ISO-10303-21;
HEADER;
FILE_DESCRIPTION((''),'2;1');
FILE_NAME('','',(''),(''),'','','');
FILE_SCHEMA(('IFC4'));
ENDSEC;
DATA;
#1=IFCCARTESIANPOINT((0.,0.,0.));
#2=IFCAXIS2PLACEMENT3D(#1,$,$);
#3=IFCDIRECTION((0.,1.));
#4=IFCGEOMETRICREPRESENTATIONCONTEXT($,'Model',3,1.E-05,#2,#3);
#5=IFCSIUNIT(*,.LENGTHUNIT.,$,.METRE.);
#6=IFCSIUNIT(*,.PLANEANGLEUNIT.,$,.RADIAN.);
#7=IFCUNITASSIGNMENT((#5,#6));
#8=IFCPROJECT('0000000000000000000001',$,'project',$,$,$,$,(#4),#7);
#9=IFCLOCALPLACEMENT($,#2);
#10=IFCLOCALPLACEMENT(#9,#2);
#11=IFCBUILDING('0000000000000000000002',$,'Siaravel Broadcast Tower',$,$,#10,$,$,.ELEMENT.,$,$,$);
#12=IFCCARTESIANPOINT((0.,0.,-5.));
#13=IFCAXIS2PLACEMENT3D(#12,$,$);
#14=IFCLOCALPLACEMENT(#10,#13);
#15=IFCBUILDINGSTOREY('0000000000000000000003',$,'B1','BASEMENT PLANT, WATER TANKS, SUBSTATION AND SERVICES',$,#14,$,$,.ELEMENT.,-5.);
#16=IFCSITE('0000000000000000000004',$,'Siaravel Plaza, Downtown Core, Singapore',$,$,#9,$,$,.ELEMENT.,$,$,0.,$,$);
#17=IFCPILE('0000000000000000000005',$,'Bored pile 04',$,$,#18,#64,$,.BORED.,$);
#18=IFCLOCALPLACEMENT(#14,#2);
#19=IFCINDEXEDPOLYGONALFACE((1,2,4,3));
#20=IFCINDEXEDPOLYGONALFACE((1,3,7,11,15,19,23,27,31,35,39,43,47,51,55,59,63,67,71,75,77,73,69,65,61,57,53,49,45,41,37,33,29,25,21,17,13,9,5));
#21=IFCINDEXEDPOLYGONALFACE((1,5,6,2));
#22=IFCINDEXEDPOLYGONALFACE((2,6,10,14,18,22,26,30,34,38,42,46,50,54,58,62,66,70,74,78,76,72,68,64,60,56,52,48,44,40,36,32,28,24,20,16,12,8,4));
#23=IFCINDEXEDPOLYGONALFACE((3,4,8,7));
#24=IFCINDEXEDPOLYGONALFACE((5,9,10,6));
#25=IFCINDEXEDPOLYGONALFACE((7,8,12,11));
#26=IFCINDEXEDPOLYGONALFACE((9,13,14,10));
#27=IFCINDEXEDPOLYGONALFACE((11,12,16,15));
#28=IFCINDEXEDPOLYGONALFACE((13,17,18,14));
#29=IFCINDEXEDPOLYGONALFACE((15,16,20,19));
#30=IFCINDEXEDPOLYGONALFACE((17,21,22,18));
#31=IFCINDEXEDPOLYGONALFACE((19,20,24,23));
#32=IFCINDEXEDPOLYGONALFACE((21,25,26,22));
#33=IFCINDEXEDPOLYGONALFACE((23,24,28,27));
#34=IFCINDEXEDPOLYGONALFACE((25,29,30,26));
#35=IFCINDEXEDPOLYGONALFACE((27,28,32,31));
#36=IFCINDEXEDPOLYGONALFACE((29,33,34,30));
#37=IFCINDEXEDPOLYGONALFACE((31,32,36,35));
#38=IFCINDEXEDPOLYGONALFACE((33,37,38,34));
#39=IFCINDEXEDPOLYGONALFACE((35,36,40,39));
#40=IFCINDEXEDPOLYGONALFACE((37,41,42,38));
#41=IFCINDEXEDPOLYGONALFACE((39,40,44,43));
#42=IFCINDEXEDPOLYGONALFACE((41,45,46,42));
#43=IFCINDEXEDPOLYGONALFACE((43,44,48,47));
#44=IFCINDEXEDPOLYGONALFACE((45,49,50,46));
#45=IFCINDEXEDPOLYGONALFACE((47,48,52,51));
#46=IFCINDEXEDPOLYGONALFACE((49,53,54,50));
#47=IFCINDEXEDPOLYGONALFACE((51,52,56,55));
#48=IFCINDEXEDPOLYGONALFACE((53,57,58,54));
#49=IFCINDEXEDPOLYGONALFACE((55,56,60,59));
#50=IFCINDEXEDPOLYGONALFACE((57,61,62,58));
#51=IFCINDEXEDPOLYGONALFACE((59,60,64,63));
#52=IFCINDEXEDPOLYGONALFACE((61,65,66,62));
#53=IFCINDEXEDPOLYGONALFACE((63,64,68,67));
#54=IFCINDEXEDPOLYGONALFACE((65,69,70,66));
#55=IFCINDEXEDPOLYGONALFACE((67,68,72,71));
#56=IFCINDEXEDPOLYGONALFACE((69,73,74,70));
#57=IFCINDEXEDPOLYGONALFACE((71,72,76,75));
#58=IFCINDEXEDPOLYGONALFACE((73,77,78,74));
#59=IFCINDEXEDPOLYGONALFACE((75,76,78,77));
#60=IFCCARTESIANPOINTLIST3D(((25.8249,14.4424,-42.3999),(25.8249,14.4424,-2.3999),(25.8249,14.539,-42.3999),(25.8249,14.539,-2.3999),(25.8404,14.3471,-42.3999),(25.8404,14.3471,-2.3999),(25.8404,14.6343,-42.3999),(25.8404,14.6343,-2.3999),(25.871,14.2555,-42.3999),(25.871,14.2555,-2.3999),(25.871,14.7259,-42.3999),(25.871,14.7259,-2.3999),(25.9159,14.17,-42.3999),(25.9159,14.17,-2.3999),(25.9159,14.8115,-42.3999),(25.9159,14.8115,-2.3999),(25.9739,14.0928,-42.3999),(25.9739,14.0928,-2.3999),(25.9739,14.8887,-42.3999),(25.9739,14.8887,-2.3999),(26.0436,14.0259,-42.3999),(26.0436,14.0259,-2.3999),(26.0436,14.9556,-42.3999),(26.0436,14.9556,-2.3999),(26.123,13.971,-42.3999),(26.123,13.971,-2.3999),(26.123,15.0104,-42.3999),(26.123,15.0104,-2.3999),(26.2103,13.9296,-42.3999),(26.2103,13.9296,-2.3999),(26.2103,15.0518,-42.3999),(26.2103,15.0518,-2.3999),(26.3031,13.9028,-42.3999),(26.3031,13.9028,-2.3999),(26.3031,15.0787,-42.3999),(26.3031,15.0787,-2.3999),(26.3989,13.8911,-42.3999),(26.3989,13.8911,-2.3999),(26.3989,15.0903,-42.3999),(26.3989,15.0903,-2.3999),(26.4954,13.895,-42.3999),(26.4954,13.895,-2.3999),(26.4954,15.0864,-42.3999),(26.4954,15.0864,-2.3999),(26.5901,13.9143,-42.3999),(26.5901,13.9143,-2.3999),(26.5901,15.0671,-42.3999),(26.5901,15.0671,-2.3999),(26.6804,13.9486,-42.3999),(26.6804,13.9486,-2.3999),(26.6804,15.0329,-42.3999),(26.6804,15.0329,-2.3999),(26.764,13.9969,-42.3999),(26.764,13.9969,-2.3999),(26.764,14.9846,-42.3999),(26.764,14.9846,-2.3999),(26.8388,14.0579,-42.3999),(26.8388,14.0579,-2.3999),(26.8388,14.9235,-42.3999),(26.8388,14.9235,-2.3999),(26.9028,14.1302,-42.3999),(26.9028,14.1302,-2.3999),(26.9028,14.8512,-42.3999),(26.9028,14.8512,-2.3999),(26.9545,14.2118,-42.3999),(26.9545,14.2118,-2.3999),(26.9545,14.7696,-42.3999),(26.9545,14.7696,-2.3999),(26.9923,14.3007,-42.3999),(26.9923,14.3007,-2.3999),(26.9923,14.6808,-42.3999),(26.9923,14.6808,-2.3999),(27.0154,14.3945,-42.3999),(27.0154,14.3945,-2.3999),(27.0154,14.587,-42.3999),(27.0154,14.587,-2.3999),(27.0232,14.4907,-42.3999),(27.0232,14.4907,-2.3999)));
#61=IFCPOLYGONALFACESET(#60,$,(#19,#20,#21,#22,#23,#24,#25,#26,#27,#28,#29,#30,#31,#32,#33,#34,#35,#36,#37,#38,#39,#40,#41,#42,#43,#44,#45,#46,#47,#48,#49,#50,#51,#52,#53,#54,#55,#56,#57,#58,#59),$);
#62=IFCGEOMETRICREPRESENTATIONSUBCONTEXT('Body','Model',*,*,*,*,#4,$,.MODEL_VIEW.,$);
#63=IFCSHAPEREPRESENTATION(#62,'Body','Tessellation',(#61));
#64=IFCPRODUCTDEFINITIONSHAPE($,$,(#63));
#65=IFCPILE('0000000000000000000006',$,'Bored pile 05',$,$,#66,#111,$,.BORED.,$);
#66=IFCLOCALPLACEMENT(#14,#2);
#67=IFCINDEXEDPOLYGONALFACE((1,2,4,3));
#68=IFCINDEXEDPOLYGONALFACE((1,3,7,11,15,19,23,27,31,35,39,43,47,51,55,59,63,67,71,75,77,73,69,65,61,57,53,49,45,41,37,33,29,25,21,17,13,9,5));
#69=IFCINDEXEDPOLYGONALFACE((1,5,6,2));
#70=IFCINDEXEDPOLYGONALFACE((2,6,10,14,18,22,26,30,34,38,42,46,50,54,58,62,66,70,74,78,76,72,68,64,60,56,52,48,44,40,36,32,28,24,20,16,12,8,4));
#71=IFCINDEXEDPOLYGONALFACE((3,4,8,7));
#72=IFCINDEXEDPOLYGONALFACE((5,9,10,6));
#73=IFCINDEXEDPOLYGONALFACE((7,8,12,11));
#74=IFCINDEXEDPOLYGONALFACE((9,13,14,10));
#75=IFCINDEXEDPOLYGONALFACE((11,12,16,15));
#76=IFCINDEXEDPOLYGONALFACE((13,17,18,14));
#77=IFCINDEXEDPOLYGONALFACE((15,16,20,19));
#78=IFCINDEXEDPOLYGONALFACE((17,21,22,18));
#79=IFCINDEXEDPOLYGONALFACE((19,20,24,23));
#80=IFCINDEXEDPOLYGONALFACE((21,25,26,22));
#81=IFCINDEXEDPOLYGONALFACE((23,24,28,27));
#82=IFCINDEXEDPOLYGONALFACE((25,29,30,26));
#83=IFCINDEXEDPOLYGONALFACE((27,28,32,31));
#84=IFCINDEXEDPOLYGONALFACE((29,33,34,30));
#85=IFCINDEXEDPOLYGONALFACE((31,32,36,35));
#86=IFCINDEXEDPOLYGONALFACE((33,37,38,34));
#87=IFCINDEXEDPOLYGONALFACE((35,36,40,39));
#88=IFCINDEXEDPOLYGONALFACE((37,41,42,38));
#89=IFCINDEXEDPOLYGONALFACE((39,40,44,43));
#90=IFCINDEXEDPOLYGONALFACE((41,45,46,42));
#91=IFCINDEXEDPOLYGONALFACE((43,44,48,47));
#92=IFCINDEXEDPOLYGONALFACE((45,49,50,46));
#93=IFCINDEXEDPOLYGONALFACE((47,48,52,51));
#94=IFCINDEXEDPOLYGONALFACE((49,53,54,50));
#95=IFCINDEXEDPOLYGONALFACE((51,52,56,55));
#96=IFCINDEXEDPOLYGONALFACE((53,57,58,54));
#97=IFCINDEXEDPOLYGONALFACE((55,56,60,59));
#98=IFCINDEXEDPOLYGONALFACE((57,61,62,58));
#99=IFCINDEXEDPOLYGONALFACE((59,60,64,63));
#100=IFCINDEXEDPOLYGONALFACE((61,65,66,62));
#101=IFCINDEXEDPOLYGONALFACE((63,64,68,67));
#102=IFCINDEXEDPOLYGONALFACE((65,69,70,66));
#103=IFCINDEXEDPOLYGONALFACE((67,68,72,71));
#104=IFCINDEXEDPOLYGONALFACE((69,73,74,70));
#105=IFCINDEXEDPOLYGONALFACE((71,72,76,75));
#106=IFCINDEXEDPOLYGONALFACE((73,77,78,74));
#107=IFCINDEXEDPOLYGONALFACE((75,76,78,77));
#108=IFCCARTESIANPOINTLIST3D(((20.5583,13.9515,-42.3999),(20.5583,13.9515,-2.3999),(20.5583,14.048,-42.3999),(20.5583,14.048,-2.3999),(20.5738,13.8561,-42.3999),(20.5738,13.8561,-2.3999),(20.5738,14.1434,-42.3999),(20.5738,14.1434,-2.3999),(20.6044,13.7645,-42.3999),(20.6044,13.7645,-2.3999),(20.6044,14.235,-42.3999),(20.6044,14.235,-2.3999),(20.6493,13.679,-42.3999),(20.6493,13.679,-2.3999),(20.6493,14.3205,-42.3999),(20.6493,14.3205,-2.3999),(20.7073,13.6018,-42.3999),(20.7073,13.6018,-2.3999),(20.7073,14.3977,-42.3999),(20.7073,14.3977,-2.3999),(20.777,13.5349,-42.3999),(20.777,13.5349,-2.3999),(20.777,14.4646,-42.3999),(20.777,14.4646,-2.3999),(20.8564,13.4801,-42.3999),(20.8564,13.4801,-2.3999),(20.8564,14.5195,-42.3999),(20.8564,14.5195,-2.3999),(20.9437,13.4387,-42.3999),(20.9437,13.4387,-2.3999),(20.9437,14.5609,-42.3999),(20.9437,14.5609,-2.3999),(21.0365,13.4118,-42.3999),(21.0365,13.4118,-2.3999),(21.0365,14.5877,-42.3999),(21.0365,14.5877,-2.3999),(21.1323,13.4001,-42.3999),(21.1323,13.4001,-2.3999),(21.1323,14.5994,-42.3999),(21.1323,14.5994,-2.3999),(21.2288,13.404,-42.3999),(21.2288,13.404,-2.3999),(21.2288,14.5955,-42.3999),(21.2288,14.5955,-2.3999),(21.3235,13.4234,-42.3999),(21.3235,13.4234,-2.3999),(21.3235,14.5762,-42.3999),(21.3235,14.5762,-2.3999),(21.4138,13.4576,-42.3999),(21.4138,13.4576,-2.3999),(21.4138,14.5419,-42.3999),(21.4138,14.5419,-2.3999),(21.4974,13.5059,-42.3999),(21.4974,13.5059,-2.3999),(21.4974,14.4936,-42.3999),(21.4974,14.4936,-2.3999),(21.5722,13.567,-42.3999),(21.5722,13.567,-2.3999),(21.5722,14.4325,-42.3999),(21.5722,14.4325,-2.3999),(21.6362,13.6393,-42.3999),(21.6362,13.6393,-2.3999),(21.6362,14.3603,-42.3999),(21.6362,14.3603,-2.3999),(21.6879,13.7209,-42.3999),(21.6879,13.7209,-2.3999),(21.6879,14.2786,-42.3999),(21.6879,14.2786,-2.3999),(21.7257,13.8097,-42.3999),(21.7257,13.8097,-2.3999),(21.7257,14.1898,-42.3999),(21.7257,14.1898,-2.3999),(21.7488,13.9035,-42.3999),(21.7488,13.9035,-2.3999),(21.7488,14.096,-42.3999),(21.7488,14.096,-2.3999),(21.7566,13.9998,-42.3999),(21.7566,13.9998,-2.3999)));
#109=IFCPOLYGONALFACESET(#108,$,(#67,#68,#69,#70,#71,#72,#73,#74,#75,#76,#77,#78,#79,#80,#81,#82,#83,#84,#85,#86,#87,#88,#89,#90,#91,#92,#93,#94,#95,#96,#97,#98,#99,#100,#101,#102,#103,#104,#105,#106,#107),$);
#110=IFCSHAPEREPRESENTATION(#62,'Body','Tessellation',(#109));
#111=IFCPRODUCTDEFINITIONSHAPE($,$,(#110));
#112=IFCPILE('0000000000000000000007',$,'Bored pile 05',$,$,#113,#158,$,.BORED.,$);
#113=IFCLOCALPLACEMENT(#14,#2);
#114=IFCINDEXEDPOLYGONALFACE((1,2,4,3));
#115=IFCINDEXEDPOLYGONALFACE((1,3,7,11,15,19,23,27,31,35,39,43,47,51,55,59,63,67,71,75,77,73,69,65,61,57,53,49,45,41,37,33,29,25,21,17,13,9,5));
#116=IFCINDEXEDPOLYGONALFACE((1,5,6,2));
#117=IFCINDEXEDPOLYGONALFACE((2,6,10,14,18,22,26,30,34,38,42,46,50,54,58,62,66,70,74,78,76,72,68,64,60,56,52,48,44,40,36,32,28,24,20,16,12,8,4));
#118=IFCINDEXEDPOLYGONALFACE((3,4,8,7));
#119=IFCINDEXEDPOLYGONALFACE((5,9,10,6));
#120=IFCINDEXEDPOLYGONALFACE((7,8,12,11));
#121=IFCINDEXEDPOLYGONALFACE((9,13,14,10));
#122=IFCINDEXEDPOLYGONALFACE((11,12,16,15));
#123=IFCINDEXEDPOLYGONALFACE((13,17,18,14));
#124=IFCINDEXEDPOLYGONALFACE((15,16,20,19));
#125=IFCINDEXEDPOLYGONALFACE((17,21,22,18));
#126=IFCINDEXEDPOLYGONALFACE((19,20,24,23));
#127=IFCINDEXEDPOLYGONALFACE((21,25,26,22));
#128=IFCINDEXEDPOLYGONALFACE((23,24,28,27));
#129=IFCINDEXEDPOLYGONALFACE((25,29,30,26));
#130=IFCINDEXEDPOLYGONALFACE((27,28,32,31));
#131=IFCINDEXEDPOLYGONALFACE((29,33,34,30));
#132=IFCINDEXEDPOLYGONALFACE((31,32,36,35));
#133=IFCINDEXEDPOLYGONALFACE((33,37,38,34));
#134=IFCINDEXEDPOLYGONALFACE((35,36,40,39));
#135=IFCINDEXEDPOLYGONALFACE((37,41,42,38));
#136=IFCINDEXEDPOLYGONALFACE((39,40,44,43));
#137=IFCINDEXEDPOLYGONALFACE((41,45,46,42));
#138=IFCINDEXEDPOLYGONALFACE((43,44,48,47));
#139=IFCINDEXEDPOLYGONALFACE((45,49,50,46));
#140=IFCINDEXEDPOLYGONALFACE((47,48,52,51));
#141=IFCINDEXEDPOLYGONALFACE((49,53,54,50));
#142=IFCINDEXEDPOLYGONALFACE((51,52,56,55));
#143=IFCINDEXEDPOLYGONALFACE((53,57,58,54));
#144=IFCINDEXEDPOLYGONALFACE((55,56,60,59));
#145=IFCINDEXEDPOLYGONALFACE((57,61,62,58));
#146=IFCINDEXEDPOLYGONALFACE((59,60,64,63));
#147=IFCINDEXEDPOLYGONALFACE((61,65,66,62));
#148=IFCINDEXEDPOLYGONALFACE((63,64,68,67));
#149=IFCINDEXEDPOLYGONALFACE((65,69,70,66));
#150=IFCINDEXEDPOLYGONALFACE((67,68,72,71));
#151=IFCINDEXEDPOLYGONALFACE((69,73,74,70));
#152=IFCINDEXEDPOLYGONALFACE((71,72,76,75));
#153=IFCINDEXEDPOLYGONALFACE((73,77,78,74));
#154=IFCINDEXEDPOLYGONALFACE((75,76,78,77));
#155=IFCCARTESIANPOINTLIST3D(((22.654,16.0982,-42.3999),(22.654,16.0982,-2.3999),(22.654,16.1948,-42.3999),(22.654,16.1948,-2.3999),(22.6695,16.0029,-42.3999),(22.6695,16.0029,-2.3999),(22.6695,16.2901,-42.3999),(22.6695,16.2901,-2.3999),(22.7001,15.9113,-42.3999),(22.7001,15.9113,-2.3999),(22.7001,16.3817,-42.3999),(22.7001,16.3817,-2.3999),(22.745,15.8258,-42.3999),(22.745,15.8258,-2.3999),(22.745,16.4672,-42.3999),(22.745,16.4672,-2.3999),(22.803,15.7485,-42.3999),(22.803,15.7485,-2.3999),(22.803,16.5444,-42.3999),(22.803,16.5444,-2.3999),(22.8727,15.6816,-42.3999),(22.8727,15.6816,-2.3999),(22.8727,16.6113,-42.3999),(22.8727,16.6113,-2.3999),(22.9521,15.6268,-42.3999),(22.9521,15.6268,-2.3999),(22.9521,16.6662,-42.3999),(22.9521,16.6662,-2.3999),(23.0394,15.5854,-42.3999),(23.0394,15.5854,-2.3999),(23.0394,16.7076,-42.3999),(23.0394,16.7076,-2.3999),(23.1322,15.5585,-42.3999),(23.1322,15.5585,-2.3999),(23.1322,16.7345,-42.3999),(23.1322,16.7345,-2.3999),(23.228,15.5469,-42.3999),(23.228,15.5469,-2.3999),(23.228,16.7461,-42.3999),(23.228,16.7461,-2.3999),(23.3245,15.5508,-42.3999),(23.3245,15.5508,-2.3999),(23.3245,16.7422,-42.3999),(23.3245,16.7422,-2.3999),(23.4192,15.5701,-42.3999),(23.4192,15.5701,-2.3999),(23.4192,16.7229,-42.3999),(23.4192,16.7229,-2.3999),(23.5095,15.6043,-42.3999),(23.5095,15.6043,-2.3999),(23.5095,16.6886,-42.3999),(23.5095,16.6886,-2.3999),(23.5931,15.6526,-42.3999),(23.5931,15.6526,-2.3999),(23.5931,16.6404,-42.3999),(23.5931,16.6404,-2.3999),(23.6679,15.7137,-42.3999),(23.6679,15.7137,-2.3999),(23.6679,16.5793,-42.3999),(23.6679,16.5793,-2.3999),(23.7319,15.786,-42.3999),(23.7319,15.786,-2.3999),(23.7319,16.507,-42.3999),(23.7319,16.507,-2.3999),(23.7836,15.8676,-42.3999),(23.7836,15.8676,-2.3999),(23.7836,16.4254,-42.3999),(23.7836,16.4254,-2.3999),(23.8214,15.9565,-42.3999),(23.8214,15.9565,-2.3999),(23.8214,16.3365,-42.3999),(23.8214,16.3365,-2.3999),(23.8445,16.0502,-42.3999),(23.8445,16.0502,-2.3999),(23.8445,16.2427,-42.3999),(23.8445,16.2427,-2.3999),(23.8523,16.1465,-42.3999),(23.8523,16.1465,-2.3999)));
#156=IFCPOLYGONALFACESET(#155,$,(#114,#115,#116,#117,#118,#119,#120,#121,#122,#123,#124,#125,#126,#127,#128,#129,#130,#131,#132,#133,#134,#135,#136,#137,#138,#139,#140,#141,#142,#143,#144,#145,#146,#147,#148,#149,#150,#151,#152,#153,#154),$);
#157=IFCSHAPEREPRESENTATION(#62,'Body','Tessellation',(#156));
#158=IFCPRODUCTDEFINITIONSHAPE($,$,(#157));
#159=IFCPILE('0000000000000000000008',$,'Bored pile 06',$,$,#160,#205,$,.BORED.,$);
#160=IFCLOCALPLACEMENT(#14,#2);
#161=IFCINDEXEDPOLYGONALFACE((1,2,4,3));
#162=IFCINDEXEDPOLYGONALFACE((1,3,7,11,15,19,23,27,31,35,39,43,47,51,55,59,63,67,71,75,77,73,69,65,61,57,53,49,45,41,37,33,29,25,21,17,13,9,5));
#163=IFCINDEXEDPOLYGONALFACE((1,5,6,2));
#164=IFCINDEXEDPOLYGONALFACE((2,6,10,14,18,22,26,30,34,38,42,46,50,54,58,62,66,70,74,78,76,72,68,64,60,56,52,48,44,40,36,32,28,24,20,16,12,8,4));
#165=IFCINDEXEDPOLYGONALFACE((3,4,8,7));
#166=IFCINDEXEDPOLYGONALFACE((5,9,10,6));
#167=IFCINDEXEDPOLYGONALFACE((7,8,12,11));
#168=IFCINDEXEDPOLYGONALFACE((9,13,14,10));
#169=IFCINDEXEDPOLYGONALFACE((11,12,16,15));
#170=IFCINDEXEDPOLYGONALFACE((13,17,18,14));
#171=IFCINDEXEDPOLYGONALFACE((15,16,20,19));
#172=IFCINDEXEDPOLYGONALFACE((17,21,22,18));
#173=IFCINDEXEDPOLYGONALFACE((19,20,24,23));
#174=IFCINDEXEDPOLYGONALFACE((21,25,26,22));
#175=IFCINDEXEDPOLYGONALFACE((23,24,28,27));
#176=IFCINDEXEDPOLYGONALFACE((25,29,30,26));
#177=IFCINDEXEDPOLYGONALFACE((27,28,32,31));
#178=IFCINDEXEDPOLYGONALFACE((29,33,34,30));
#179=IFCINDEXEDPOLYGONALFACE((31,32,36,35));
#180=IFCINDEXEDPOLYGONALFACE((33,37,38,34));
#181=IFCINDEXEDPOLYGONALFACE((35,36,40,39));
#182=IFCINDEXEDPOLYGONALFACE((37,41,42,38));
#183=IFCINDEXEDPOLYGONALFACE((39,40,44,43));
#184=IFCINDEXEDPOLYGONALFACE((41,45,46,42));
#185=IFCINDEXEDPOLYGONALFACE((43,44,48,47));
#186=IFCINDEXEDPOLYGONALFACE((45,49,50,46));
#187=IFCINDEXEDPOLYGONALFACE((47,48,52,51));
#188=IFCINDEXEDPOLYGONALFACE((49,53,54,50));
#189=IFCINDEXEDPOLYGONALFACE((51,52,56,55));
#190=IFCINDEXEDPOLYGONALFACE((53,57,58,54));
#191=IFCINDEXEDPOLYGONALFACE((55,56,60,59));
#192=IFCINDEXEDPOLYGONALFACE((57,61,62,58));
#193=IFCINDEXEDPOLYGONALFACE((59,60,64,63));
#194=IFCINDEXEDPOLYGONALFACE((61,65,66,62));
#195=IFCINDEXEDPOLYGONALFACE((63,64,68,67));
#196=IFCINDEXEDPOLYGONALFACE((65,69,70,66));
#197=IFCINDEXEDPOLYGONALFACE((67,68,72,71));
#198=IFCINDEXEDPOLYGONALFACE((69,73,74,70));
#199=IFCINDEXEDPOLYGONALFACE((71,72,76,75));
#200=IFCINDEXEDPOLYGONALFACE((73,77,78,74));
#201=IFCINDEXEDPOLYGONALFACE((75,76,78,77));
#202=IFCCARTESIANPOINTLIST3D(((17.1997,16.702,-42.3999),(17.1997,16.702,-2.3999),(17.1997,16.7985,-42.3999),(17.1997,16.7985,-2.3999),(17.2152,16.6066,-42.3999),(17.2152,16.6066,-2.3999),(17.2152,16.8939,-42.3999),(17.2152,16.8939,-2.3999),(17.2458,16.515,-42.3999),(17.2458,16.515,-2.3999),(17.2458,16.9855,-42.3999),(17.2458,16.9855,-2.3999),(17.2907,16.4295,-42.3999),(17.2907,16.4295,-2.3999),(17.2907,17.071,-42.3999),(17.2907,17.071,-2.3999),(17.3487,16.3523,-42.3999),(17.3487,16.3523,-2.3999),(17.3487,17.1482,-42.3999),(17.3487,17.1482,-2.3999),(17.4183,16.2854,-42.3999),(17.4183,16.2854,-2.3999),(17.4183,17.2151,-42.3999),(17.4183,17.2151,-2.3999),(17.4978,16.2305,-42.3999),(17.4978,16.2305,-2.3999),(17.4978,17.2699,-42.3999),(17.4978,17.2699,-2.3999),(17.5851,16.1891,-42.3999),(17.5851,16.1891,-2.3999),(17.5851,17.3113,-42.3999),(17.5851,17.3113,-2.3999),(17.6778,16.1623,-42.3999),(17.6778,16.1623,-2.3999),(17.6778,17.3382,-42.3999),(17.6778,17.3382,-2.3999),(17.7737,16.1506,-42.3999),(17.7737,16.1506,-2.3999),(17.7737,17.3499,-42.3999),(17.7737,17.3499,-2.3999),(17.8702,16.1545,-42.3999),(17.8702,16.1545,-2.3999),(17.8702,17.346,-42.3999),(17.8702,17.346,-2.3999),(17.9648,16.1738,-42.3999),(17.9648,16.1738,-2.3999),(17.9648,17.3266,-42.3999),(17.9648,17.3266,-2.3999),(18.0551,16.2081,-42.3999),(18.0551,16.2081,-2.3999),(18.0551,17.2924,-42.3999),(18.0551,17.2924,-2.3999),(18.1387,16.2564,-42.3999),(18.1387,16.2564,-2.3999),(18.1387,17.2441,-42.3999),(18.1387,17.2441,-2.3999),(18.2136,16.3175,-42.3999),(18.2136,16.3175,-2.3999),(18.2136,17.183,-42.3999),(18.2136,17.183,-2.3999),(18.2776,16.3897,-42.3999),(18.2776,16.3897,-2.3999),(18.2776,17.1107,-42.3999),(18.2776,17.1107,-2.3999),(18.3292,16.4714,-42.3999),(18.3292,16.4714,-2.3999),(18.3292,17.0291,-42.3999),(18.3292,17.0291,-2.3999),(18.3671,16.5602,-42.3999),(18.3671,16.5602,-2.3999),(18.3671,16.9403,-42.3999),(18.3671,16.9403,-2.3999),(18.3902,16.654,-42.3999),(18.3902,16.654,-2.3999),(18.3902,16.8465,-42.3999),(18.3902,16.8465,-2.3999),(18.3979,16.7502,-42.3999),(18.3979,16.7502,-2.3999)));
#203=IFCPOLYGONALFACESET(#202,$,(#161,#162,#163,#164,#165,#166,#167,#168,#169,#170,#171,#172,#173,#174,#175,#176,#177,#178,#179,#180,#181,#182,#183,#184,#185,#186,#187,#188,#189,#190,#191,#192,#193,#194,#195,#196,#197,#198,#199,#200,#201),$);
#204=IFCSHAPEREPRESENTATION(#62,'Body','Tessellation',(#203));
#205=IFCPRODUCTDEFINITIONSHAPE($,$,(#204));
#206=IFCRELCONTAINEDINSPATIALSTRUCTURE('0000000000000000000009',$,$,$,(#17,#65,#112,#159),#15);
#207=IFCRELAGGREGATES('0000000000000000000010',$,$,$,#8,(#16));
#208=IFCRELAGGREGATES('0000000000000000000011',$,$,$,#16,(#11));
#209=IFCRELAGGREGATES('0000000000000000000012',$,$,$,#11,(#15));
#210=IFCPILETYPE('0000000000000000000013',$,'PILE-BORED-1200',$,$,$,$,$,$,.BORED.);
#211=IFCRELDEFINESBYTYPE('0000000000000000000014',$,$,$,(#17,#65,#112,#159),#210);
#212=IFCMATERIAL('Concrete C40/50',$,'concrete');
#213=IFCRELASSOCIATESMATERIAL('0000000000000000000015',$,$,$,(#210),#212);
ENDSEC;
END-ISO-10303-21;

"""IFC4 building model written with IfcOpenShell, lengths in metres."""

from ifc_helpers import new_model, si_unit, direction, frame, origin, origin_2d, place, context, subcontext, project, spatial, circle, extrude, material, material_profile, profile_set, type_object, element, save


model = new_model("IFC4")

# Units and contexts
model_context = context("Model", 3, precision=1e-05, world=origin(), true_north=direction((0.0, 1.0)))
body_context = subcontext(model_context, "Body", "Model", "MODEL_VIEW")
ifc_project = project(units=[si_unit("LENGTHUNIT", "METRE"), si_unit("PLANEANGLEUNIT", "RADIAN")], contexts=[model_context])

# Site, building, storey
site_placement = place(None, origin())
site = spatial("IfcSite", under=ifc_project, at=site_placement, Name="Siaravel Plaza, Downtown Core, Singapore", CompositionType="ELEMENT", RefElevation=0.0)
building_placement = place(site_placement, origin())
building = spatial("IfcBuilding", under=site, at=building_placement, Name="Siaravel Broadcast Tower", CompositionType="ELEMENT")
storey_placement = place(building_placement, frame((0.0, 0.0, -5.0)))
storey = spatial("IfcBuildingStorey", under=building, at=storey_placement, Name="B1", Description="BASEMENT PLANT, WATER TANKS, SUBSTATION AND SERVICES", CompositionType="ELEMENT", Elevation=-5.0)

# Shared definitions
ifc_material_1 = material(Name="Concrete C40/50", Category="concrete")

# Piles
ifc_material_profile_1 = material_profile(ifc_material_1, circle(Radius=0.6001, at=origin_2d()))
ifc_profile_set_1 = profile_set([ifc_material_profile_1], Name="Concrete C40/50")
pile_type = type_object("IfcPileType", Name="PILE-BORED-1200", PredefinedType="BORED", material=ifc_profile_set_1)
for number, where, z_axis, x_axis, name in (
    (1, (26.4231, 14.4907, -2.3999), (0.0, 0.0, -1.0), (1.0, 0.0, 0.0), "Bored pile 04"),
    (2, (21.1565, 13.9998, -2.3999), (0.0, 0.0, -1.0), (1.0, 0.0, 0.0), "Bored pile 05"),
    (3, (23.2522, 16.1465, -2.3999), (0.0, 0.0, -1.0), (1.0, 0.0, 0.0), "Bored pile 05"),
    (4, (17.7979, 16.7502, -2.3999), (0.0, 0.0, -1.0), (1.0, 0.0, 0.0), "Bored pile 06"),
):
    element("IfcPile", number, at=place(storey_placement, frame(where, z_axis=z_axis, x_axis=x_axis)), inside=storey, type_object=pile_type, Name=name, PredefinedType="BORED", context=body_context, shape_type="SweptSolid", body=[
        extrude(circle(Radius=0.6001, at=origin_2d()), origin(), (0.0, 0.0, 1.0), 40.0),
    ])

save(model, "model.ifc")
